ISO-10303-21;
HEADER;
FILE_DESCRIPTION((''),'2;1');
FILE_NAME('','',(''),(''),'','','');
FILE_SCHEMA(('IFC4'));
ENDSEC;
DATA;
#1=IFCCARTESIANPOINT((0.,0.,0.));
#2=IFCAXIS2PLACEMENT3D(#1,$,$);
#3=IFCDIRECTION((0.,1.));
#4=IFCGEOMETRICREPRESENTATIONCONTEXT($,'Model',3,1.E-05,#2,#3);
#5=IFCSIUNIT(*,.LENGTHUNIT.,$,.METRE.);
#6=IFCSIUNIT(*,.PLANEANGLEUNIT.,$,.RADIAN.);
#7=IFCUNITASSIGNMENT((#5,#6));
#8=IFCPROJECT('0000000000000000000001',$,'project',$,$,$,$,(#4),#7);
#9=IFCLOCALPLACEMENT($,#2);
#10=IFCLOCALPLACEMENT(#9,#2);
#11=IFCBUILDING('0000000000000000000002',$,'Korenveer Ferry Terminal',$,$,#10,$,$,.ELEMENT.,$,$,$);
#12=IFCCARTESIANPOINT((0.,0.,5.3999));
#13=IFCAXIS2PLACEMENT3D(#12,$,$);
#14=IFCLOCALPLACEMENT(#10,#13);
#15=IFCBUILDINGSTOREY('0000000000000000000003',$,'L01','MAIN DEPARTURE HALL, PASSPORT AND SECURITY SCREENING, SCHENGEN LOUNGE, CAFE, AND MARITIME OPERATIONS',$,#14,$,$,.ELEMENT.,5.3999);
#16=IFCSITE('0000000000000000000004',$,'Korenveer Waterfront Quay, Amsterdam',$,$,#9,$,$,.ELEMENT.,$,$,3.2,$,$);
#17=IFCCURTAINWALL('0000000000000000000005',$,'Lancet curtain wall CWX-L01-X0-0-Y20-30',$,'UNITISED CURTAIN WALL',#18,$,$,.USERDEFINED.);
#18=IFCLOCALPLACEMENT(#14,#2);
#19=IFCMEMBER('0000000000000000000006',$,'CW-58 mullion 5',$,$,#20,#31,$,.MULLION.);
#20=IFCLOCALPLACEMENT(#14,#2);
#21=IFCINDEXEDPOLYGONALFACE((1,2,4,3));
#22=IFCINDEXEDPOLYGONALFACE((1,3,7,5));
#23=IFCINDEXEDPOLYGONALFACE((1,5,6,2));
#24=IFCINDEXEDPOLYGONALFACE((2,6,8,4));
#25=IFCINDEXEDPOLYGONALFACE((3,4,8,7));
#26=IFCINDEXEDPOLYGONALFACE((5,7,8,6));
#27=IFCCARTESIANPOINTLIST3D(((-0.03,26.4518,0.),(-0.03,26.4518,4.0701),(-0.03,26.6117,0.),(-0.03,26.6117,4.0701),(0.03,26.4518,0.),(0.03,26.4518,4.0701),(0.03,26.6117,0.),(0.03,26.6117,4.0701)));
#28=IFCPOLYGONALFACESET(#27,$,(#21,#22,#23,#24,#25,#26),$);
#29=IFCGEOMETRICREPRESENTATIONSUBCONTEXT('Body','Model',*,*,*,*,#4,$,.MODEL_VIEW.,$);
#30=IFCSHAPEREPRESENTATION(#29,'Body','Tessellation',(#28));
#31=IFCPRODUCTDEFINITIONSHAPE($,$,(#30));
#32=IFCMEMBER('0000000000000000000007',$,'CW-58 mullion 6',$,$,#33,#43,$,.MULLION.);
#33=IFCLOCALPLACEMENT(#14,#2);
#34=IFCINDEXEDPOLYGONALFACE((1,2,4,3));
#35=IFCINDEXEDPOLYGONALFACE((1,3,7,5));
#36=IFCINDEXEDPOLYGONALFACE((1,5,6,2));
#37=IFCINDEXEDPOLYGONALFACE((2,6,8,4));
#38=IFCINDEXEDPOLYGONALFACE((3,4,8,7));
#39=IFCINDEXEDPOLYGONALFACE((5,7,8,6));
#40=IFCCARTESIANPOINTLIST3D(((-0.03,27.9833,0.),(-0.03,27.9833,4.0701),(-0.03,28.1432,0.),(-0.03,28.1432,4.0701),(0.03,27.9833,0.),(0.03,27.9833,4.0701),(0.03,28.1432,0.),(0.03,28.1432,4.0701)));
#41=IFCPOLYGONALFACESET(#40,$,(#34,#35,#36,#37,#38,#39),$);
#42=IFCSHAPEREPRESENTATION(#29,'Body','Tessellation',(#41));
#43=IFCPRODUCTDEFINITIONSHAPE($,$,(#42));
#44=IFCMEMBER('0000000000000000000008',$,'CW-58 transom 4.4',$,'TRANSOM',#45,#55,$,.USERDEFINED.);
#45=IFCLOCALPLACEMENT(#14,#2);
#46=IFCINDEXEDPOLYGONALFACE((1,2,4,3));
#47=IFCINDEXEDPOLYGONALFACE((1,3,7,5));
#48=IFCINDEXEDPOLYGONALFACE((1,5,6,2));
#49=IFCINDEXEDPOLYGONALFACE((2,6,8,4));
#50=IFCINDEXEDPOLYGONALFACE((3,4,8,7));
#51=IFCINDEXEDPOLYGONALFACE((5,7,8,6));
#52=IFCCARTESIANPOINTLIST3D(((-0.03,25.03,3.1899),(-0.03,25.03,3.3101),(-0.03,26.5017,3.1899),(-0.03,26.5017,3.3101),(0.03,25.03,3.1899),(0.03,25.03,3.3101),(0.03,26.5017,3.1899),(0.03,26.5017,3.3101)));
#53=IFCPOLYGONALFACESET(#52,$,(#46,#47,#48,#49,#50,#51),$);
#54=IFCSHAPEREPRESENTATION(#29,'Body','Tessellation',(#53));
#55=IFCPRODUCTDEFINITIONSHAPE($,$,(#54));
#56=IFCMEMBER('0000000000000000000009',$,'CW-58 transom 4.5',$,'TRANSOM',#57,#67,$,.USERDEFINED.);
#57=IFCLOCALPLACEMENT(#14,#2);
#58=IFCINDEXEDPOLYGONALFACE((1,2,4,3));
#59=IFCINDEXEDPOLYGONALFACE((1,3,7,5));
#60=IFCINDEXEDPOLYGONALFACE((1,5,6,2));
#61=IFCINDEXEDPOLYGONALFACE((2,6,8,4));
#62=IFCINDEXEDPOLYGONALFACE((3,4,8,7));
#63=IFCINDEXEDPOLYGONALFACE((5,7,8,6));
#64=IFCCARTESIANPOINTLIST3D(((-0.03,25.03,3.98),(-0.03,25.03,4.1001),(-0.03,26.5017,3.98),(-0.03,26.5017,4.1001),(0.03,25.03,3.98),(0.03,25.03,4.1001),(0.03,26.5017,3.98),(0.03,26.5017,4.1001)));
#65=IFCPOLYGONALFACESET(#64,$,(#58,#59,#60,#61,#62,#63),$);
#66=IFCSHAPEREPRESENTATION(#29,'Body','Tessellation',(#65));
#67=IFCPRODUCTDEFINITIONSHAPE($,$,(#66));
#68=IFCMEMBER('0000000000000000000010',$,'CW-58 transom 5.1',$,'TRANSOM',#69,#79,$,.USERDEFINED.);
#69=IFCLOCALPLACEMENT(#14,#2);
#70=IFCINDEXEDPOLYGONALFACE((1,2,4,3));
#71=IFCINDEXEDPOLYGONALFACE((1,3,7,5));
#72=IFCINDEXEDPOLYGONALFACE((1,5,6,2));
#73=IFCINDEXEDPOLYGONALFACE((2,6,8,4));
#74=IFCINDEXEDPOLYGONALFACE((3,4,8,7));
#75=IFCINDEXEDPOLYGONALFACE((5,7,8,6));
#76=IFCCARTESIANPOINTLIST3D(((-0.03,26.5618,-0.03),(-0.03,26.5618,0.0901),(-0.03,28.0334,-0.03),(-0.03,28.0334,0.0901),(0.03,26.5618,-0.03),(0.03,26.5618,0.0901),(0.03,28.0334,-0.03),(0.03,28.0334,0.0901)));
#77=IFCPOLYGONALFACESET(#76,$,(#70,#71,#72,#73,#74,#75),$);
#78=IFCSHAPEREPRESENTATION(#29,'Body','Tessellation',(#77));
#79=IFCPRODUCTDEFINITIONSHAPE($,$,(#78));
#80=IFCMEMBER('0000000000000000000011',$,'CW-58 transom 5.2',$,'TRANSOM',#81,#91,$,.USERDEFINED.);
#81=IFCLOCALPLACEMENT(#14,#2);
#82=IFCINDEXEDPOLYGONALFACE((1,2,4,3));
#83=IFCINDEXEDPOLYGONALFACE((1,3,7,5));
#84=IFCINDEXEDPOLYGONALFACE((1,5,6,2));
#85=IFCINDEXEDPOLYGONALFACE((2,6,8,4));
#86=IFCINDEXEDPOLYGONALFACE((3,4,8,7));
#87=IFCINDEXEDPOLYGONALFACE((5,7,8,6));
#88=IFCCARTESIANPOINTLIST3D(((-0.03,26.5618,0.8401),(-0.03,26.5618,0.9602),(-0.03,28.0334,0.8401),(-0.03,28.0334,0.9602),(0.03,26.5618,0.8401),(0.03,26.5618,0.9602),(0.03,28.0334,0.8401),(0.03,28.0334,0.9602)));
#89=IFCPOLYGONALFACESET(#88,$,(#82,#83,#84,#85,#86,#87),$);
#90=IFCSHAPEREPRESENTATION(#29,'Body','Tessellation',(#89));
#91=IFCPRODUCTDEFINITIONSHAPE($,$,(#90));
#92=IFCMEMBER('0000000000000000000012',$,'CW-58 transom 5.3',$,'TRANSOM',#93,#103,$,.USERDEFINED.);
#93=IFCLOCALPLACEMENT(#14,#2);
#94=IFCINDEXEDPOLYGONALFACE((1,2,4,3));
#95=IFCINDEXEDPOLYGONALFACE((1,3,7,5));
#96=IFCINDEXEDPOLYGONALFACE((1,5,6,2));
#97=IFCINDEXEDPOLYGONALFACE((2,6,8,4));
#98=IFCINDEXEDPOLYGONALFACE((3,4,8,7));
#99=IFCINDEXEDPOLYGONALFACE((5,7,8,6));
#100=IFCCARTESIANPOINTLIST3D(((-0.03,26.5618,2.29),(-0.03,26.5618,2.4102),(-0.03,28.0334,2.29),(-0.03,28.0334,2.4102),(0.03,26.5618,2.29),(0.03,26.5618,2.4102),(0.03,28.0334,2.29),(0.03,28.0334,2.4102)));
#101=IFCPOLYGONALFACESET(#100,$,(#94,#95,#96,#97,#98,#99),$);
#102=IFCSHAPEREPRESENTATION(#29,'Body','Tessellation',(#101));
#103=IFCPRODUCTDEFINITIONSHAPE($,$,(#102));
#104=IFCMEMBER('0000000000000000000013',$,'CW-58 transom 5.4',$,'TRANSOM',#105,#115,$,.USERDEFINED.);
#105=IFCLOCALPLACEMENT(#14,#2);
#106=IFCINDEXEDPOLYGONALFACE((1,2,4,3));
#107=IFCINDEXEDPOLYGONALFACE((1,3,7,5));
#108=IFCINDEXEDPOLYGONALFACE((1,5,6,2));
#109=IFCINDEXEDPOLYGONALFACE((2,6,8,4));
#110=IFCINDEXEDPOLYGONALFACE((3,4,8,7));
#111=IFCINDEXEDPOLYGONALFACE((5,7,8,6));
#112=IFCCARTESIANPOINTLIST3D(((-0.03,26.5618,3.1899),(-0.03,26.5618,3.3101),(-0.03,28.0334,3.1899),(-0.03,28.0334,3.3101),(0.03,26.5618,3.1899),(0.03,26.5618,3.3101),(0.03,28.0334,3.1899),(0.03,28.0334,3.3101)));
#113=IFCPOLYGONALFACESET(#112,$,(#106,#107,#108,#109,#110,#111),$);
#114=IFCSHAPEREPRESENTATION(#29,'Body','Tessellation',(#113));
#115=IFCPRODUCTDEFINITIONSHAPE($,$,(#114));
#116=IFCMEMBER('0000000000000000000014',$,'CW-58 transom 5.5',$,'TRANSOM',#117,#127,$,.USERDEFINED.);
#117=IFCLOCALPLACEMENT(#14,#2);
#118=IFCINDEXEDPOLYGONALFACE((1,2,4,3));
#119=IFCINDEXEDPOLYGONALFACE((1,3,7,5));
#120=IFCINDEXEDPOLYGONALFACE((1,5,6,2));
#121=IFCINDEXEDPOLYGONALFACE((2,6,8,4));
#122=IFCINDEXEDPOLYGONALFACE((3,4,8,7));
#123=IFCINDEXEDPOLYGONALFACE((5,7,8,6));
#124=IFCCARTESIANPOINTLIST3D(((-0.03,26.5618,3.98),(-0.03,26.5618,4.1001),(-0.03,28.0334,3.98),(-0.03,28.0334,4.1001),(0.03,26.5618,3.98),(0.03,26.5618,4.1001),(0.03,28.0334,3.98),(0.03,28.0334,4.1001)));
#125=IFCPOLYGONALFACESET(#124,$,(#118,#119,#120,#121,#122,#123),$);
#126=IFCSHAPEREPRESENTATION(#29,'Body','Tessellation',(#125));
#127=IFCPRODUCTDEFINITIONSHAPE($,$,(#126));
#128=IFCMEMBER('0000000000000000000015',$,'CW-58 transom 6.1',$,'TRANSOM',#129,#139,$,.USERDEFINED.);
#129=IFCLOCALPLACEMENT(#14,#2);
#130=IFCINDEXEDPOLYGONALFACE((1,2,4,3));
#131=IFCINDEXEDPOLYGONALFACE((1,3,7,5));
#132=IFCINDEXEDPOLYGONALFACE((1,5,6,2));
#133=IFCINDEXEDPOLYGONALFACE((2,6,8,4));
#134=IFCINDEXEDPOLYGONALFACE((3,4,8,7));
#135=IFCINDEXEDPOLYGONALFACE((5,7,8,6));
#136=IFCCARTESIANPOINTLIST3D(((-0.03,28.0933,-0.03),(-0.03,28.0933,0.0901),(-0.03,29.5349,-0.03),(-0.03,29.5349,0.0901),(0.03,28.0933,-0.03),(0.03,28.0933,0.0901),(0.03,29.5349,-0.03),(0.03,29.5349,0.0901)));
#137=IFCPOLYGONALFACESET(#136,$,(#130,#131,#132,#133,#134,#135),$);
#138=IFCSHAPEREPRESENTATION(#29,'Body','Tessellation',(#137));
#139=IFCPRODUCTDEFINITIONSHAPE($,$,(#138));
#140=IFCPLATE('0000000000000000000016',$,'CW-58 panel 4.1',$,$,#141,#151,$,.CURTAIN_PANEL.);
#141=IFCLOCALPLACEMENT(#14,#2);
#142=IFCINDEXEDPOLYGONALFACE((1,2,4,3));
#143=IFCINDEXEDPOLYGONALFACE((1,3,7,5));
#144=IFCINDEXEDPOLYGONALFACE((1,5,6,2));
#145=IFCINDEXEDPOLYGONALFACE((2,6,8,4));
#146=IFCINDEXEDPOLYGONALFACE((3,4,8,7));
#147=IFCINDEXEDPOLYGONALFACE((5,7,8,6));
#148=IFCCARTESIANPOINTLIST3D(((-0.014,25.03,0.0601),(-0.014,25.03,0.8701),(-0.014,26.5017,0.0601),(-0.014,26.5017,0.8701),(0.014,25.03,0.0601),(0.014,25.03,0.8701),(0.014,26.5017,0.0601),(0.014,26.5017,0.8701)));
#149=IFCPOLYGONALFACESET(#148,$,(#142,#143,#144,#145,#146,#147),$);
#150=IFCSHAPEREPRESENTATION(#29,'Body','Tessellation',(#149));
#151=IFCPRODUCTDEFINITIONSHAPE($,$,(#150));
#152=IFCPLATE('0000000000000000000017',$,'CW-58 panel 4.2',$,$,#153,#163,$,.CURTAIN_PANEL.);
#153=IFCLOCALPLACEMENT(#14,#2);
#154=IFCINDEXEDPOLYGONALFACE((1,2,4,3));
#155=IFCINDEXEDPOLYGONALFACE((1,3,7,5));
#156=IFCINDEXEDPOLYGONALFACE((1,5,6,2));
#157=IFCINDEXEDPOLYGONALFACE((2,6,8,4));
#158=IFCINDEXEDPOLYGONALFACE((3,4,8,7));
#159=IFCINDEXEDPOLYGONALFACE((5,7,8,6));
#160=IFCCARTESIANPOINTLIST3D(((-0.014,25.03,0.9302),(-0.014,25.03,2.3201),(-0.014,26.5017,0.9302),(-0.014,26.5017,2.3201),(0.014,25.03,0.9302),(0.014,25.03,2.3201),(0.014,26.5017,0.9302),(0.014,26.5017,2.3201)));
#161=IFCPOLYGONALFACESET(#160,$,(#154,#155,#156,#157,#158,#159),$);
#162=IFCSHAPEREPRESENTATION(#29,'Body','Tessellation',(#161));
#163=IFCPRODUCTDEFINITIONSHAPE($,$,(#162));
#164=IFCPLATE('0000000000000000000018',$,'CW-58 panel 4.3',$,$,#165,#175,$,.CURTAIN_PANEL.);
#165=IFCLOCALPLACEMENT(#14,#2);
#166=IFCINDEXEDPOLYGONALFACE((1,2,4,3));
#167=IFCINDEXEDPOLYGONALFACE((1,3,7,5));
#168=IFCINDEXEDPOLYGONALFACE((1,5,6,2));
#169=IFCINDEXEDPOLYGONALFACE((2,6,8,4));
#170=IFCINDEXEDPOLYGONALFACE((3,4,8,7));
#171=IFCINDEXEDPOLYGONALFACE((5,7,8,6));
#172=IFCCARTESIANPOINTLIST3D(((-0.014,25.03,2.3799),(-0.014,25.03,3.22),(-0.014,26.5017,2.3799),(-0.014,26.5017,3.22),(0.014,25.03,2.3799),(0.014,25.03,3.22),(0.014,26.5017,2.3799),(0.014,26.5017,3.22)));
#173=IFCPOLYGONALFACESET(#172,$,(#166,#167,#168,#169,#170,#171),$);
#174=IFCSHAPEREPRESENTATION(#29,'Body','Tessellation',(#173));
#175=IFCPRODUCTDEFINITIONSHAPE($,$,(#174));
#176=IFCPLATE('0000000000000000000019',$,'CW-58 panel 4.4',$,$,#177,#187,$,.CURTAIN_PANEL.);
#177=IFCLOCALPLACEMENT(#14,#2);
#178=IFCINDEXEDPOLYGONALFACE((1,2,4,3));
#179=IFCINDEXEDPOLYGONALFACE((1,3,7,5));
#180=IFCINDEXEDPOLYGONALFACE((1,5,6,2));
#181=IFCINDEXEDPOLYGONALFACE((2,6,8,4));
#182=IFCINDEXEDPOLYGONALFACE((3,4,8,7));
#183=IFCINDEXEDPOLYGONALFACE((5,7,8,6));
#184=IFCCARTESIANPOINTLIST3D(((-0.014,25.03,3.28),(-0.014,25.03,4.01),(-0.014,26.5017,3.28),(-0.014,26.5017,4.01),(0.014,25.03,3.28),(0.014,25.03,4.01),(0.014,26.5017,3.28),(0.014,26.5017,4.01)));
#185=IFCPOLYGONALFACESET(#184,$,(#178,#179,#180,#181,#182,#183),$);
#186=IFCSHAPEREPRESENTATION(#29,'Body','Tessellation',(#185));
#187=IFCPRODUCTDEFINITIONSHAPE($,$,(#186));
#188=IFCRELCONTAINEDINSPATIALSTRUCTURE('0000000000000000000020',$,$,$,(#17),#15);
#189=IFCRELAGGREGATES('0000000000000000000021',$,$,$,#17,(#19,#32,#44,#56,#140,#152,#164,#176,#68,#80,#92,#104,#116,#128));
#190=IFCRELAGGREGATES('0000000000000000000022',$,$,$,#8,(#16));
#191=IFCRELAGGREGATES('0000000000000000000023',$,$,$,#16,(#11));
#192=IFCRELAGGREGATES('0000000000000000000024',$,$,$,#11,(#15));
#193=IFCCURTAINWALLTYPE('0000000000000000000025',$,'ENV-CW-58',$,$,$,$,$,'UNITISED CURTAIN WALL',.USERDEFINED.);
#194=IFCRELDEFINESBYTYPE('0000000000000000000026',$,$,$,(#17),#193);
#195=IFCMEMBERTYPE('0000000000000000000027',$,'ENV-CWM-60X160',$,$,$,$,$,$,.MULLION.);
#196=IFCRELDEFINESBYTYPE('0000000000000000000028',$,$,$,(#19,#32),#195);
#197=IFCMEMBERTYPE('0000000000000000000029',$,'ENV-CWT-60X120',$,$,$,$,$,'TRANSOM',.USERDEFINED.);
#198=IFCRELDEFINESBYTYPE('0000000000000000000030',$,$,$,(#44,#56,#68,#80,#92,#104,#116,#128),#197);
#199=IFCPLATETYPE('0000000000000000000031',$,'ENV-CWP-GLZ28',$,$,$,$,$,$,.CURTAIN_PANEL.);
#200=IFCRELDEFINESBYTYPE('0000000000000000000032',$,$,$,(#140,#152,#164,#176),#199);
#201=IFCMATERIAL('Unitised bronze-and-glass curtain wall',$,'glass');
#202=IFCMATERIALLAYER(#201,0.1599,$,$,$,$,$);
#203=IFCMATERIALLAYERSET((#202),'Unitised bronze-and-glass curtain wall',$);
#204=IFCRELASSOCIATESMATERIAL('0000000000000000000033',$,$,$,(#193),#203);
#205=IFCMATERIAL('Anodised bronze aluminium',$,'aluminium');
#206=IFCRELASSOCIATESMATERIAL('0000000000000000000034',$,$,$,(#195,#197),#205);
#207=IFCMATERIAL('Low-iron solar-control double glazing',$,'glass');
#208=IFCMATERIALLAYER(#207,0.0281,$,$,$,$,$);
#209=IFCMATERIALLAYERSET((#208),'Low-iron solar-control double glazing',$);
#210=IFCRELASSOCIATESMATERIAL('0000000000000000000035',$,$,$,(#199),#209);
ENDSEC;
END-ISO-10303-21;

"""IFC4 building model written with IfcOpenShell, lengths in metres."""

from ifc_helpers import new_model, si_unit, direction, frame, origin, origin_2d, place, context, subcontext, project, spatial, rectangle, extrude, material, layer, layer_set, material_profile, profile_set, type_object, element, aggregate, save


model = new_model("IFC4")

# Units and contexts
model_context = context("Model", 3, precision=1e-05, world=origin(), true_north=direction((0.0, 1.0)))
body_context = subcontext(model_context, "Body", "Model", "MODEL_VIEW")
ifc_project = project(units=[si_unit("LENGTHUNIT", "METRE"), si_unit("PLANEANGLEUNIT", "RADIAN")], contexts=[model_context])

# Site, building, storey
site_placement = place(None, origin())
site = spatial("IfcSite", under=ifc_project, at=site_placement, Name="Korenveer Waterfront Quay, Amsterdam", CompositionType="ELEMENT", RefElevation=3.2)
building_placement = place(site_placement, origin())
building = spatial("IfcBuilding", under=site, at=building_placement, Name="Korenveer Ferry Terminal", CompositionType="ELEMENT")
storey_placement = place(building_placement, frame((0.0, 0.0, 5.3999)))
storey = spatial("IfcBuildingStorey", under=building, at=storey_placement, Name="L01", Description="MAIN DEPARTURE HALL, PASSPORT AND SECURITY SCREENING, SCHENGEN LOUNGE, CAFE, AND MARITIME OPERATIONS", CompositionType="ELEMENT", Elevation=5.3999)

# Curtain wall, members, plates
ifc_material_1 = material(Name="Unitised bronze-and-glass curtain wall", Category="glass")
ifc_layer_1 = layer(ifc_material_1, 0.1599)
ifc_layer_set_1 = layer_set([ifc_layer_1], Name="Unitised bronze-and-glass curtain wall")
curtain_wall_type = type_object("IfcCurtainWallType", Name="ENV-CW-58", ElementType="UNITISED CURTAIN WALL", PredefinedType="USERDEFINED", material=ifc_layer_set_1)
curtain_wall_placement = place(storey_placement, frame((0.0, 20.405, 0.0)))
curtain_wall = element("IfcCurtainWall", 1, at=curtain_wall_placement, inside=storey, type_object=curtain_wall_type, Name="Lancet curtain wall CWX-L01-X0-0-Y20-30", ObjectType="UNITISED CURTAIN WALL", PredefinedType="USERDEFINED")
ifc_material_2 = material(Name="Anodised bronze aluminium", Category="aluminium")
ifc_material_profile_1 = material_profile(ifc_material_2, rectangle(XDim=0.0601, YDim=0.1599, at=origin_2d()), Name="ALU 60x160")
ifc_profile_set_1 = profile_set([ifc_material_profile_1], Name="Anodised bronze aluminium")
member_type_1 = type_object("IfcMemberType", Name="ENV-CWM-60X160", PredefinedType="MULLION", material=ifc_profile_set_1)
member_1_placement = place(storey_placement, frame((0.0, 26.5317, 0.0), z_axis=(0.0, 0.0, 1.0), x_axis=(-1.0, 0.0, 0.0)))
member_1 = element("IfcMember", 2, at=member_1_placement, type_object=member_type_1, Name="CW-58 mullion 5", PredefinedType="MULLION", context=body_context, shape_type="SweptSolid", body=[
    extrude(rectangle(XDim=0.0601, YDim=0.1599, at=origin_2d()), origin(), (0.0, 0.0, 1.0), 4.0701),
])
member_2_placement = place(storey_placement, frame((0.0, 28.0632, 0.0), z_axis=(0.0, 0.0, 1.0), x_axis=(-1.0, 0.0, 0.0)))
member_2 = element("IfcMember", 3, at=member_2_placement, type_object=member_type_1, Name="CW-58 mullion 6", PredefinedType="MULLION", context=body_context, shape_type="SweptSolid", body=[
    extrude(rectangle(XDim=0.0601, YDim=0.1599, at=origin_2d()), origin(), (0.0, 0.0, 1.0), 4.0701),
])
ifc_material_profile_2 = material_profile(ifc_material_2, rectangle(XDim=0.0601, YDim=0.1201, at=origin_2d()), Name="ALU 60x120")
ifc_profile_set_2 = profile_set([ifc_material_profile_2], Name="Anodised bronze aluminium")
member_type_2 = type_object("IfcMemberType", Name="ENV-CWT-60X120", ElementType="TRANSOM", PredefinedType="USERDEFINED", material=ifc_profile_set_2)
member_3_placement = place(storey_placement, frame((0.0, 25.03, 3.25), z_axis=(0.0, 1.0, 0.0), x_axis=(-1.0, 0.0, 0.0)))
member_3 = element("IfcMember", 4, at=member_3_placement, type_object=member_type_2, Name="CW-58 transom 4.4", ObjectType="TRANSOM", PredefinedType="USERDEFINED", context=body_context, shape_type="SweptSolid", body=[
    extrude(rectangle(XDim=0.0601, YDim=0.1201, at=origin_2d()), origin(), (0.0, 0.0, 1.0), 1.4717),
])
member_4_placement = place(storey_placement, frame((0.0, 25.03, 4.04), z_axis=(0.0, 1.0, 0.0), x_axis=(-1.0, 0.0, 0.0)))
member_4 = element("IfcMember", 5, at=member_4_placement, type_object=member_type_2, Name="CW-58 transom 4.5", ObjectType="TRANSOM", PredefinedType="USERDEFINED", context=body_context, shape_type="SweptSolid", body=[
    extrude(rectangle(XDim=0.0601, YDim=0.1201, at=origin_2d()), origin(), (0.0, 0.0, 1.0), 1.4717),
])
member_5_placement = place(storey_placement, frame((0.0, 26.5618, 0.03), z_axis=(0.0, 1.0, 0.0), x_axis=(-1.0, 0.0, 0.0)))
member_5 = element("IfcMember", 6, at=member_5_placement, type_object=member_type_2, Name="CW-58 transom 5.1", ObjectType="TRANSOM", PredefinedType="USERDEFINED", context=body_context, shape_type="SweptSolid", body=[
    extrude(rectangle(XDim=0.0601, YDim=0.1201, at=origin_2d()), origin(), (0.0, 0.0, 1.0), 1.4717),
])
member_6_placement = place(storey_placement, frame((0.0, 26.5618, 0.9001), z_axis=(0.0, 1.0, 0.0), x_axis=(-1.0, 0.0, 0.0)))
member_6 = element("IfcMember", 7, at=member_6_placement, type_object=member_type_2, Name="CW-58 transom 5.2", ObjectType="TRANSOM", PredefinedType="USERDEFINED", context=body_context, shape_type="SweptSolid", body=[
    extrude(rectangle(XDim=0.0601, YDim=0.1201, at=origin_2d()), origin(), (0.0, 0.0, 1.0), 1.4717),
])
member_7_placement = place(storey_placement, frame((0.0, 26.5618, 2.3501), z_axis=(0.0, 1.0, 0.0), x_axis=(-1.0, 0.0, 0.0)))
member_7 = element("IfcMember", 8, at=member_7_placement, type_object=member_type_2, Name="CW-58 transom 5.3", ObjectType="TRANSOM", PredefinedType="USERDEFINED", context=body_context, shape_type="SweptSolid", body=[
    extrude(rectangle(XDim=0.0601, YDim=0.1201, at=origin_2d()), origin(), (0.0, 0.0, 1.0), 1.4717),
])
member_8_placement = place(storey_placement, frame((0.0, 26.5618, 3.25), z_axis=(0.0, 1.0, 0.0), x_axis=(-1.0, 0.0, 0.0)))
member_8 = element("IfcMember", 9, at=member_8_placement, type_object=member_type_2, Name="CW-58 transom 5.4", ObjectType="TRANSOM", PredefinedType="USERDEFINED", context=body_context, shape_type="SweptSolid", body=[
    extrude(rectangle(XDim=0.0601, YDim=0.1201, at=origin_2d()), origin(), (0.0, 0.0, 1.0), 1.4717),
])
member_9_placement = place(storey_placement, frame((0.0, 26.5618, 4.04), z_axis=(0.0, 1.0, 0.0), x_axis=(-1.0, 0.0, 0.0)))
member_9 = element("IfcMember", 10, at=member_9_placement, type_object=member_type_2, Name="CW-58 transom 5.5", ObjectType="TRANSOM", PredefinedType="USERDEFINED", context=body_context, shape_type="SweptSolid", body=[
    extrude(rectangle(XDim=0.0601, YDim=0.1201, at=origin_2d()), origin(), (0.0, 0.0, 1.0), 1.4717),
])
member_10_placement = place(storey_placement, frame((0.0, 28.0933, 0.03), z_axis=(0.0, 1.0, 0.0), x_axis=(-1.0, 0.0, 0.0)))
member_10 = element("IfcMember", 11, at=member_10_placement, type_object=member_type_2, Name="CW-58 transom 6.1", ObjectType="TRANSOM", PredefinedType="USERDEFINED", context=body_context, shape_type="SweptSolid", body=[
    extrude(rectangle(XDim=0.0601, YDim=0.1201, at=origin_2d()), origin(), (0.0, 0.0, 1.0), 1.4417),
])
ifc_material_3 = material(Name="Low-iron solar-control double glazing", Category="glass")
ifc_layer_2 = layer(ifc_material_3, 0.0281)
ifc_layer_set_2 = layer_set([ifc_layer_2], Name="Low-iron solar-control double glazing")
plate_type = type_object("IfcPlateType", Name="ENV-CWP-GLZ28", PredefinedType="CURTAIN_PANEL", material=ifc_layer_set_2)
plate_1_placement = place(storey_placement, frame((0.0, 25.7659, 0.0601), z_axis=(0.0, 0.0, 1.0), x_axis=(0.0, 1.0, 0.0)))
plate_1 = element("IfcPlate", 12, at=plate_1_placement, type_object=plate_type, Name="CW-58 panel 4.1", PredefinedType="CURTAIN_PANEL", context=body_context, shape_type="SweptSolid", body=[
    extrude(rectangle(XDim=1.4717, YDim=0.0281, at=origin_2d()), origin(), (0.0, 0.0, 1.0), 0.8101),
])
plate_2_placement = place(storey_placement, frame((0.0, 25.7659, 0.9302), z_axis=(0.0, 0.0, 1.0), x_axis=(0.0, 1.0, 0.0)))
plate_2 = element("IfcPlate", 13, at=plate_2_placement, type_object=plate_type, Name="CW-58 panel 4.2", PredefinedType="CURTAIN_PANEL", context=body_context, shape_type="SweptSolid", body=[
    extrude(rectangle(XDim=1.4717, YDim=0.0281, at=origin_2d()), origin(), (0.0, 0.0, 1.0), 1.3899),
])
plate_3_placement = place(storey_placement, frame((0.0, 25.7659, 2.3799), z_axis=(0.0, 0.0, 1.0), x_axis=(0.0, 1.0, 0.0)))
plate_3 = element("IfcPlate", 14, at=plate_3_placement, type_object=plate_type, Name="CW-58 panel 4.3", PredefinedType="CURTAIN_PANEL", context=body_context, shape_type="SweptSolid", body=[
    extrude(rectangle(XDim=1.4717, YDim=0.0281, at=origin_2d()), origin(), (0.0, 0.0, 1.0), 0.8401),
])
plate_4_placement = place(storey_placement, frame((0.0, 25.7659, 3.28), z_axis=(0.0, 0.0, 1.0), x_axis=(0.0, 1.0, 0.0)))
plate_4 = element("IfcPlate", 15, at=plate_4_placement, type_object=plate_type, Name="CW-58 panel 4.4", PredefinedType="CURTAIN_PANEL", context=body_context, shape_type="SweptSolid", body=[
    extrude(rectangle(XDim=1.4717, YDim=0.0281, at=origin_2d()), origin(), (0.0, 0.0, 1.0), 0.73),
])
aggregate(curtain_wall, [member_1, member_2, member_3, member_4, plate_1, plate_2, plate_3, plate_4, member_5, member_6, member_7, member_8, member_9, member_10])

save(model, "model.ifc")
